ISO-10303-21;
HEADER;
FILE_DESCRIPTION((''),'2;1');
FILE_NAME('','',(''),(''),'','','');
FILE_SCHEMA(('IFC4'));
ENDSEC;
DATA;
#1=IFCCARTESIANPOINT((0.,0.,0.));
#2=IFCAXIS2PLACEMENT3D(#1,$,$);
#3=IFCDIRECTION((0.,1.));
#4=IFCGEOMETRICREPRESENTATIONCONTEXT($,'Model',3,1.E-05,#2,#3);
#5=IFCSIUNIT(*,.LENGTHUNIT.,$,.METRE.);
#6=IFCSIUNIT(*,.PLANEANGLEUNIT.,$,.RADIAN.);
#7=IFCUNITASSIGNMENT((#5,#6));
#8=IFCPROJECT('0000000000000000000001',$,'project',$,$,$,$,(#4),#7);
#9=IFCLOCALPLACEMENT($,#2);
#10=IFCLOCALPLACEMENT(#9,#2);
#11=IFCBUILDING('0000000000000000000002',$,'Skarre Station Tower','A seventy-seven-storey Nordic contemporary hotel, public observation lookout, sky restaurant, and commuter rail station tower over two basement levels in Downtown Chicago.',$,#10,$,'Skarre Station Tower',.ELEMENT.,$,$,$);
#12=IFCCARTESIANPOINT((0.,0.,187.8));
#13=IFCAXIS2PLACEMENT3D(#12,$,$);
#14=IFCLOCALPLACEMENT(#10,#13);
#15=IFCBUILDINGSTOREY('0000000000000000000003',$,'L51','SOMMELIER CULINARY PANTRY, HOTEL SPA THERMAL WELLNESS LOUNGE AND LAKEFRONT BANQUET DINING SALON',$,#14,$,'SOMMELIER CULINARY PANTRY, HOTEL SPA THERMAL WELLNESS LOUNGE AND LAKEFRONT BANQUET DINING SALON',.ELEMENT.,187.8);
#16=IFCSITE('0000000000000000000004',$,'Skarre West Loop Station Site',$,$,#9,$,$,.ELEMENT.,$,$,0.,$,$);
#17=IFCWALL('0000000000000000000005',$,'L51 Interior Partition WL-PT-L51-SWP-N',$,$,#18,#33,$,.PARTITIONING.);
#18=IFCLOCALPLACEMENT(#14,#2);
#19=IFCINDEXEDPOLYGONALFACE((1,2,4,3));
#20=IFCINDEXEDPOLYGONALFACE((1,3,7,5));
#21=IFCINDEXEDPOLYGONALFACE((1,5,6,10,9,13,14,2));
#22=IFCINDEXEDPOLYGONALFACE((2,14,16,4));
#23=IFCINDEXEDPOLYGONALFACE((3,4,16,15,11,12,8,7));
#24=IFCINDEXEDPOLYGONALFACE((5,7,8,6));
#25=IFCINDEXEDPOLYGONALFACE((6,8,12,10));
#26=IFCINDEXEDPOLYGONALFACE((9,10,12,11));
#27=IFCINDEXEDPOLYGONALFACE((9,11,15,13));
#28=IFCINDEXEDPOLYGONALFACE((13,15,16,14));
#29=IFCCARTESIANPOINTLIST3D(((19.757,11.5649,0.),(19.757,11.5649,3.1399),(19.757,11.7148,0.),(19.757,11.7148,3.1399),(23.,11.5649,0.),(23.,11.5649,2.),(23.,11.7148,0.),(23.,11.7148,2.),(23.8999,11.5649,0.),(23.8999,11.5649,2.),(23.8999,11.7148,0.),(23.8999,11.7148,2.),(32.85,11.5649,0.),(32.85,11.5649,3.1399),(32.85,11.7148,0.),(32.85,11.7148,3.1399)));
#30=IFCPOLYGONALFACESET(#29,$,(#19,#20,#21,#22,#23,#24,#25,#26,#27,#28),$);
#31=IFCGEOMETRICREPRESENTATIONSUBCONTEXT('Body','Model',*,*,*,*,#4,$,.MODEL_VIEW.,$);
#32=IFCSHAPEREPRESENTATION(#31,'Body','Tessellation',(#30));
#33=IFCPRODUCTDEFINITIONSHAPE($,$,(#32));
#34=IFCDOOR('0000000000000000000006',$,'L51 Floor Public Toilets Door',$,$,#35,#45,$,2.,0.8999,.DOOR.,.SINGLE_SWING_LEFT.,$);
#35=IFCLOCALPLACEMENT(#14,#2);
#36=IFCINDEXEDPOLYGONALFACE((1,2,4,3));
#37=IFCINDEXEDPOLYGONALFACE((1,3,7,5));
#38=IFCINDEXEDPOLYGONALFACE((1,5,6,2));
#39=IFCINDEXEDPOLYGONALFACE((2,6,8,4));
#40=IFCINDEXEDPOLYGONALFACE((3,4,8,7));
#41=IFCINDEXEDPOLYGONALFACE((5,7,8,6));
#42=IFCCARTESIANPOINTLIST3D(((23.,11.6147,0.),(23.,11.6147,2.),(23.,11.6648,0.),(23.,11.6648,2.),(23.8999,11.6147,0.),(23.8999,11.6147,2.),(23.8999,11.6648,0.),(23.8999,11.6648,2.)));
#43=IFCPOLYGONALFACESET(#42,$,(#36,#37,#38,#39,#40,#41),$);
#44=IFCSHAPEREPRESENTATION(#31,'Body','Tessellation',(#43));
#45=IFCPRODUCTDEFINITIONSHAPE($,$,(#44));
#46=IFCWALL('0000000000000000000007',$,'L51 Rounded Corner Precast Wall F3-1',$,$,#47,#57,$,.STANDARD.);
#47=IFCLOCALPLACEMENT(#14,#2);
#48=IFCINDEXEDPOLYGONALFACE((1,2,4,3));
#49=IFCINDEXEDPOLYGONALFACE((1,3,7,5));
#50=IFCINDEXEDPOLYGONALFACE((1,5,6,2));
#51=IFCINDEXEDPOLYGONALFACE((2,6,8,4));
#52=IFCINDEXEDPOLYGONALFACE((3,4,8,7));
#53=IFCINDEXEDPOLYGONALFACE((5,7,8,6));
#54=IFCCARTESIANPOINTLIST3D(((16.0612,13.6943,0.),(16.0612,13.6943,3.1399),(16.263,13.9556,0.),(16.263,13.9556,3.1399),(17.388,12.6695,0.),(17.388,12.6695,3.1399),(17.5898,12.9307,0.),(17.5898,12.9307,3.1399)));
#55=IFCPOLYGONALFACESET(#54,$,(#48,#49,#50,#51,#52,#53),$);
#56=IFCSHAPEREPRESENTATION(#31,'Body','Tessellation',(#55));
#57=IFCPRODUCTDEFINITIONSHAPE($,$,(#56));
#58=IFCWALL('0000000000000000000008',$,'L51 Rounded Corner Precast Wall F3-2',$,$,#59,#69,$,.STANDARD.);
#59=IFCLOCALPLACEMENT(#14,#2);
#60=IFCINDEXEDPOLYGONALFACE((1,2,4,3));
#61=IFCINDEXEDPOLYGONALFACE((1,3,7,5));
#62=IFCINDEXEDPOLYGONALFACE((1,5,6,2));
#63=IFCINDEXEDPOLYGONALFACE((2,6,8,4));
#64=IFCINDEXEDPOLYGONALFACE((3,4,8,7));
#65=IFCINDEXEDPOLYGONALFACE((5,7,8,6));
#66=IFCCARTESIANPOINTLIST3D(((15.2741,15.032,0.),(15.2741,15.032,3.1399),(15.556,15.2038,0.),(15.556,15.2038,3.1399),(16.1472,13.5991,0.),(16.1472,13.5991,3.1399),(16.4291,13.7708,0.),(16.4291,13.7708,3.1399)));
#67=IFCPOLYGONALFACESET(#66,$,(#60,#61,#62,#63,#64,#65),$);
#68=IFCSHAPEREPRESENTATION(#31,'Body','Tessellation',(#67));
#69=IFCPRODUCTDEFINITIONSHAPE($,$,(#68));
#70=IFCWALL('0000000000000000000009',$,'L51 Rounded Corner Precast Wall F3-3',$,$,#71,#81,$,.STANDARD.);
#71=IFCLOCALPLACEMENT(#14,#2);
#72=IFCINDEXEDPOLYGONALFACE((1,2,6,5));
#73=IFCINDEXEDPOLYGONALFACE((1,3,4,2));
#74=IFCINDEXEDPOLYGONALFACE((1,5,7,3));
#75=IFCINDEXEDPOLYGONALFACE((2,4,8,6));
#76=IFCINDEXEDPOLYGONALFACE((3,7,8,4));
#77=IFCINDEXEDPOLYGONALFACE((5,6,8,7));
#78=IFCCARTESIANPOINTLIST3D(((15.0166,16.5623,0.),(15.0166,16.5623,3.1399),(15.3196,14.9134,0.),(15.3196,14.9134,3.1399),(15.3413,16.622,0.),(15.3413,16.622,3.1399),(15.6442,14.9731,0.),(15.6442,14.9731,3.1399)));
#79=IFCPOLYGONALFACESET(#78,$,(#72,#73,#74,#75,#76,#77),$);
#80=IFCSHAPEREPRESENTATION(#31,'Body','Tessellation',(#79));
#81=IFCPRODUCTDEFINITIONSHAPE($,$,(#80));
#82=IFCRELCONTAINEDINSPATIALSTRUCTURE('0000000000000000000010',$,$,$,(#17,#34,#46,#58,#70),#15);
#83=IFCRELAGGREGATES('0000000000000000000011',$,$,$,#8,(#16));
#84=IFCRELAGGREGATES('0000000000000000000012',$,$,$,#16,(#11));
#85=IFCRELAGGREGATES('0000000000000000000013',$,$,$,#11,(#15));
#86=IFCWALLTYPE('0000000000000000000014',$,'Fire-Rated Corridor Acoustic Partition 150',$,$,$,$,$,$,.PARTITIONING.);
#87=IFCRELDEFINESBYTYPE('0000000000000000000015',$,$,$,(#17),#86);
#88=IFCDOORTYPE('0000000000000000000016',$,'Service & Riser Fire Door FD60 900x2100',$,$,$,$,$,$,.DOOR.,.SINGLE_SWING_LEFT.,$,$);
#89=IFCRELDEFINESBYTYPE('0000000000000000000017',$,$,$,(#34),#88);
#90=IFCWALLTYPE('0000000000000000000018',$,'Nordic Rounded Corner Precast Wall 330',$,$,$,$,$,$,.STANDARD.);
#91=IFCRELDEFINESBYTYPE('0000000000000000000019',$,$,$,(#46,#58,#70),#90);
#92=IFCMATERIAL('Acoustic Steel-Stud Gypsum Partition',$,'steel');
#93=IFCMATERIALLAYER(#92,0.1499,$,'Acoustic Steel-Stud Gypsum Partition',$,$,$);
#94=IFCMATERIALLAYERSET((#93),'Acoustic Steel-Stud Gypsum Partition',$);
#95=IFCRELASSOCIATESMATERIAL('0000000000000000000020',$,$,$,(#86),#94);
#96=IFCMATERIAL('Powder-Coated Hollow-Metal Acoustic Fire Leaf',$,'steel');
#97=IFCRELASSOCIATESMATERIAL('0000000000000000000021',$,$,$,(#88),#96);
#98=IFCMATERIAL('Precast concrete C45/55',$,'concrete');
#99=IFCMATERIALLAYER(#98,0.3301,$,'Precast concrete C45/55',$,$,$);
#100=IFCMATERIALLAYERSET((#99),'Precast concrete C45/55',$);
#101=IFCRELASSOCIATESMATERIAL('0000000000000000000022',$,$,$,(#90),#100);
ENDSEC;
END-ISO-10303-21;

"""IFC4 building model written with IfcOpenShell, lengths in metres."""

from ifc_helpers import new_model, si_unit, direction, frame, frame_2d, origin, place, context, subcontext, project, spatial, rectangle, extrude, material, layer, layer_set, type_object, element, fill, save


model = new_model("IFC4")

# Units and contexts
model_context = context("Model", 3, precision=1e-05, world=origin(), true_north=direction((0.0, 1.0)))
body_context = subcontext(model_context, "Body", "Model", "MODEL_VIEW")
ifc_project = project(units=[si_unit("LENGTHUNIT", "METRE"), si_unit("PLANEANGLEUNIT", "RADIAN")], contexts=[model_context])

# Site, building, storey
site_placement = place(None, origin())
site = spatial("IfcSite", under=ifc_project, at=site_placement, Name="Skarre West Loop Station Site", CompositionType="ELEMENT", RefElevation=0.0)
building_placement = place(site_placement, origin())
building = spatial("IfcBuilding", under=site, at=building_placement, Name="Skarre Station Tower", Description="A seventy-seven-storey Nordic contemporary hotel, public observation lookout, sky restaurant, and commuter rail station tower over two basement levels in Downtown Chicago.", LongName="Skarre Station Tower", CompositionType="ELEMENT")
storey_placement = place(building_placement, frame((0.0, 0.0, 187.8)))
storey = spatial("IfcBuildingStorey", under=building, at=storey_placement, Name="L51", Description="SOMMELIER CULINARY PANTRY, HOTEL SPA THERMAL WELLNESS LOUNGE AND LAKEFRONT BANQUET DINING SALON", LongName="SOMMELIER CULINARY PANTRY, HOTEL SPA THERMAL WELLNESS LOUNGE AND LAKEFRONT BANQUET DINING SALON", CompositionType="ELEMENT", Elevation=187.8)

# Shared definitions
ifc_material_1 = material(Name="Acoustic Steel-Stud Gypsum Partition", Category="steel")
ifc_layer_1 = layer(ifc_material_1, 0.1499, Name="Acoustic Steel-Stud Gypsum Partition")
ifc_layer_set_1 = layer_set([ifc_layer_1], Name="Acoustic Steel-Stud Gypsum Partition")
wall_type_1 = type_object("IfcWallType", Name="Fire-Rated Corridor Acoustic Partition 150", PredefinedType="PARTITIONING", material=ifc_layer_set_1)

# Wall, opening, door
ifc_material_2 = material(Name="Powder-Coated Hollow-Metal Acoustic Fire Leaf", Category="steel")
wall_1_placement = place(storey_placement, frame((19.7571, 11.6399, 0.0), z_axis=(0.0, 0.0, 1.0), x_axis=(1.0, 0.0, 0.0)))
wall_1 = element("IfcWall", 1, at=wall_1_placement, inside=storey, type_object=wall_type_1, Name="L51 Interior Partition WL-PT-L51-SWP-N", PredefinedType="PARTITIONING", context=body_context, shape_type="SweptSolid", body=[
    extrude(rectangle(XDim=13.093, YDim=0.1499, at=frame_2d((6.5464, 0.0))), origin(), (0.0, 0.0, 1.0), 3.1399),
])
opening_1_placement = place(wall_1_placement, frame((3.2429, 0.0, 0.0)))
opening_1 = element("IfcOpeningElement", 2, at=opening_1_placement, cuts=wall_1, PredefinedType="OPENING", context=body_context, shape_type="SweptSolid", body=[
    extrude(rectangle(XDim=0.8999, YDim=2.0, at=frame_2d((0.45, 1.0))), frame((0.0, 0.085, 0.0), z_axis=(0.0, -1.0, 0.0), x_axis=(1.0, 0.0, 0.0)), (0.0, 0.0, 1.0), 0.1699),
])
door_type_1 = type_object("IfcDoorType", Name="Service & Riser Fire Door FD60 900x2100", OperationType="SINGLE_SWING_LEFT", PredefinedType="DOOR", material=ifc_material_2)
door_1_placement = place(opening_1_placement, origin())
door_1 = element("IfcDoor", 3, at=door_1_placement, inside=storey, type_object=door_type_1, Name="L51 Floor Public Toilets Door", OperationType="SINGLE_SWING_LEFT", OverallHeight=2.0, OverallWidth=0.8999, PredefinedType="DOOR", context=body_context, shape_type="SweptSolid", body=[
    extrude(rectangle(XDim=0.8999, YDim=2.0, at=frame_2d((0.45, 1.0))), frame((0.0, 0.0249, 0.0), z_axis=(0.0, -1.0, 0.0), x_axis=(1.0, 0.0, 0.0)), (0.0, 0.0, 1.0), 0.05),
])
fill(opening_1, door_1)

# Walls
ifc_material_3 = material(Name="Precast concrete C45/55", Category="concrete")
ifc_layer_2 = layer(ifc_material_3, 0.3301, Name="Precast concrete C45/55")
ifc_layer_set_2 = layer_set([ifc_layer_2], Name="Precast concrete C45/55")
wall_type_2 = type_object("IfcWallType", Name="Nordic Rounded Corner Precast Wall 330", PredefinedType="STANDARD", material=ifc_layer_set_2)
wall_2_placement = place(storey_placement, frame((17.489, 12.8, 0.0), z_axis=(0.0, 0.0, 1.0), x_axis=(-0.79141, 0.611286, 0.0)))
element("IfcWall", 4, at=wall_2_placement, inside=storey, type_object=wall_type_2, Name="L51 Rounded Corner Precast Wall F3-1", PredefinedType="STANDARD", context=body_context, shape_type="SweptSolid", body=[
    extrude(rectangle(XDim=1.6765, YDim=0.3301, at=frame_2d((0.8384, 0.0))), origin(), (0.0, 0.0, 1.0), 3.1399),
])
wall_3_placement = place(storey_placement, frame((16.2881, 13.6851, 0.0), z_axis=(0.0, 0.0, 1.0), x_axis=(-0.520325, 0.853968, 0.0)))
element("IfcWall", 5, at=wall_3_placement, inside=storey, type_object=wall_type_2, Name="L51 Rounded Corner Precast Wall F3-2", PredefinedType="STANDARD", context=body_context, shape_type="SweptSolid", body=[
    extrude(rectangle(XDim=1.678, YDim=0.3301, at=frame_2d((0.8389, 0.0))), origin(), (0.0, 0.0, 1.0), 3.1399),
])
wall_4_placement = place(storey_placement, frame((15.4819, 14.9431, 0.0), z_axis=(0.0, 0.0, 1.0), x_axis=(-0.180718, 0.983535, 0.0)))
element("IfcWall", 6, at=wall_4_placement, inside=storey, type_object=wall_type_2, Name="L51 Rounded Corner Precast Wall F3-3", PredefinedType="STANDARD", context=body_context, shape_type="SweptSolid", body=[
    extrude(rectangle(XDim=1.6765, YDim=0.3301, at=frame_2d((0.8384, 0.0))), origin(), (0.0, 0.0, 1.0), 3.1399),
])

save(model, "model.ifc")
